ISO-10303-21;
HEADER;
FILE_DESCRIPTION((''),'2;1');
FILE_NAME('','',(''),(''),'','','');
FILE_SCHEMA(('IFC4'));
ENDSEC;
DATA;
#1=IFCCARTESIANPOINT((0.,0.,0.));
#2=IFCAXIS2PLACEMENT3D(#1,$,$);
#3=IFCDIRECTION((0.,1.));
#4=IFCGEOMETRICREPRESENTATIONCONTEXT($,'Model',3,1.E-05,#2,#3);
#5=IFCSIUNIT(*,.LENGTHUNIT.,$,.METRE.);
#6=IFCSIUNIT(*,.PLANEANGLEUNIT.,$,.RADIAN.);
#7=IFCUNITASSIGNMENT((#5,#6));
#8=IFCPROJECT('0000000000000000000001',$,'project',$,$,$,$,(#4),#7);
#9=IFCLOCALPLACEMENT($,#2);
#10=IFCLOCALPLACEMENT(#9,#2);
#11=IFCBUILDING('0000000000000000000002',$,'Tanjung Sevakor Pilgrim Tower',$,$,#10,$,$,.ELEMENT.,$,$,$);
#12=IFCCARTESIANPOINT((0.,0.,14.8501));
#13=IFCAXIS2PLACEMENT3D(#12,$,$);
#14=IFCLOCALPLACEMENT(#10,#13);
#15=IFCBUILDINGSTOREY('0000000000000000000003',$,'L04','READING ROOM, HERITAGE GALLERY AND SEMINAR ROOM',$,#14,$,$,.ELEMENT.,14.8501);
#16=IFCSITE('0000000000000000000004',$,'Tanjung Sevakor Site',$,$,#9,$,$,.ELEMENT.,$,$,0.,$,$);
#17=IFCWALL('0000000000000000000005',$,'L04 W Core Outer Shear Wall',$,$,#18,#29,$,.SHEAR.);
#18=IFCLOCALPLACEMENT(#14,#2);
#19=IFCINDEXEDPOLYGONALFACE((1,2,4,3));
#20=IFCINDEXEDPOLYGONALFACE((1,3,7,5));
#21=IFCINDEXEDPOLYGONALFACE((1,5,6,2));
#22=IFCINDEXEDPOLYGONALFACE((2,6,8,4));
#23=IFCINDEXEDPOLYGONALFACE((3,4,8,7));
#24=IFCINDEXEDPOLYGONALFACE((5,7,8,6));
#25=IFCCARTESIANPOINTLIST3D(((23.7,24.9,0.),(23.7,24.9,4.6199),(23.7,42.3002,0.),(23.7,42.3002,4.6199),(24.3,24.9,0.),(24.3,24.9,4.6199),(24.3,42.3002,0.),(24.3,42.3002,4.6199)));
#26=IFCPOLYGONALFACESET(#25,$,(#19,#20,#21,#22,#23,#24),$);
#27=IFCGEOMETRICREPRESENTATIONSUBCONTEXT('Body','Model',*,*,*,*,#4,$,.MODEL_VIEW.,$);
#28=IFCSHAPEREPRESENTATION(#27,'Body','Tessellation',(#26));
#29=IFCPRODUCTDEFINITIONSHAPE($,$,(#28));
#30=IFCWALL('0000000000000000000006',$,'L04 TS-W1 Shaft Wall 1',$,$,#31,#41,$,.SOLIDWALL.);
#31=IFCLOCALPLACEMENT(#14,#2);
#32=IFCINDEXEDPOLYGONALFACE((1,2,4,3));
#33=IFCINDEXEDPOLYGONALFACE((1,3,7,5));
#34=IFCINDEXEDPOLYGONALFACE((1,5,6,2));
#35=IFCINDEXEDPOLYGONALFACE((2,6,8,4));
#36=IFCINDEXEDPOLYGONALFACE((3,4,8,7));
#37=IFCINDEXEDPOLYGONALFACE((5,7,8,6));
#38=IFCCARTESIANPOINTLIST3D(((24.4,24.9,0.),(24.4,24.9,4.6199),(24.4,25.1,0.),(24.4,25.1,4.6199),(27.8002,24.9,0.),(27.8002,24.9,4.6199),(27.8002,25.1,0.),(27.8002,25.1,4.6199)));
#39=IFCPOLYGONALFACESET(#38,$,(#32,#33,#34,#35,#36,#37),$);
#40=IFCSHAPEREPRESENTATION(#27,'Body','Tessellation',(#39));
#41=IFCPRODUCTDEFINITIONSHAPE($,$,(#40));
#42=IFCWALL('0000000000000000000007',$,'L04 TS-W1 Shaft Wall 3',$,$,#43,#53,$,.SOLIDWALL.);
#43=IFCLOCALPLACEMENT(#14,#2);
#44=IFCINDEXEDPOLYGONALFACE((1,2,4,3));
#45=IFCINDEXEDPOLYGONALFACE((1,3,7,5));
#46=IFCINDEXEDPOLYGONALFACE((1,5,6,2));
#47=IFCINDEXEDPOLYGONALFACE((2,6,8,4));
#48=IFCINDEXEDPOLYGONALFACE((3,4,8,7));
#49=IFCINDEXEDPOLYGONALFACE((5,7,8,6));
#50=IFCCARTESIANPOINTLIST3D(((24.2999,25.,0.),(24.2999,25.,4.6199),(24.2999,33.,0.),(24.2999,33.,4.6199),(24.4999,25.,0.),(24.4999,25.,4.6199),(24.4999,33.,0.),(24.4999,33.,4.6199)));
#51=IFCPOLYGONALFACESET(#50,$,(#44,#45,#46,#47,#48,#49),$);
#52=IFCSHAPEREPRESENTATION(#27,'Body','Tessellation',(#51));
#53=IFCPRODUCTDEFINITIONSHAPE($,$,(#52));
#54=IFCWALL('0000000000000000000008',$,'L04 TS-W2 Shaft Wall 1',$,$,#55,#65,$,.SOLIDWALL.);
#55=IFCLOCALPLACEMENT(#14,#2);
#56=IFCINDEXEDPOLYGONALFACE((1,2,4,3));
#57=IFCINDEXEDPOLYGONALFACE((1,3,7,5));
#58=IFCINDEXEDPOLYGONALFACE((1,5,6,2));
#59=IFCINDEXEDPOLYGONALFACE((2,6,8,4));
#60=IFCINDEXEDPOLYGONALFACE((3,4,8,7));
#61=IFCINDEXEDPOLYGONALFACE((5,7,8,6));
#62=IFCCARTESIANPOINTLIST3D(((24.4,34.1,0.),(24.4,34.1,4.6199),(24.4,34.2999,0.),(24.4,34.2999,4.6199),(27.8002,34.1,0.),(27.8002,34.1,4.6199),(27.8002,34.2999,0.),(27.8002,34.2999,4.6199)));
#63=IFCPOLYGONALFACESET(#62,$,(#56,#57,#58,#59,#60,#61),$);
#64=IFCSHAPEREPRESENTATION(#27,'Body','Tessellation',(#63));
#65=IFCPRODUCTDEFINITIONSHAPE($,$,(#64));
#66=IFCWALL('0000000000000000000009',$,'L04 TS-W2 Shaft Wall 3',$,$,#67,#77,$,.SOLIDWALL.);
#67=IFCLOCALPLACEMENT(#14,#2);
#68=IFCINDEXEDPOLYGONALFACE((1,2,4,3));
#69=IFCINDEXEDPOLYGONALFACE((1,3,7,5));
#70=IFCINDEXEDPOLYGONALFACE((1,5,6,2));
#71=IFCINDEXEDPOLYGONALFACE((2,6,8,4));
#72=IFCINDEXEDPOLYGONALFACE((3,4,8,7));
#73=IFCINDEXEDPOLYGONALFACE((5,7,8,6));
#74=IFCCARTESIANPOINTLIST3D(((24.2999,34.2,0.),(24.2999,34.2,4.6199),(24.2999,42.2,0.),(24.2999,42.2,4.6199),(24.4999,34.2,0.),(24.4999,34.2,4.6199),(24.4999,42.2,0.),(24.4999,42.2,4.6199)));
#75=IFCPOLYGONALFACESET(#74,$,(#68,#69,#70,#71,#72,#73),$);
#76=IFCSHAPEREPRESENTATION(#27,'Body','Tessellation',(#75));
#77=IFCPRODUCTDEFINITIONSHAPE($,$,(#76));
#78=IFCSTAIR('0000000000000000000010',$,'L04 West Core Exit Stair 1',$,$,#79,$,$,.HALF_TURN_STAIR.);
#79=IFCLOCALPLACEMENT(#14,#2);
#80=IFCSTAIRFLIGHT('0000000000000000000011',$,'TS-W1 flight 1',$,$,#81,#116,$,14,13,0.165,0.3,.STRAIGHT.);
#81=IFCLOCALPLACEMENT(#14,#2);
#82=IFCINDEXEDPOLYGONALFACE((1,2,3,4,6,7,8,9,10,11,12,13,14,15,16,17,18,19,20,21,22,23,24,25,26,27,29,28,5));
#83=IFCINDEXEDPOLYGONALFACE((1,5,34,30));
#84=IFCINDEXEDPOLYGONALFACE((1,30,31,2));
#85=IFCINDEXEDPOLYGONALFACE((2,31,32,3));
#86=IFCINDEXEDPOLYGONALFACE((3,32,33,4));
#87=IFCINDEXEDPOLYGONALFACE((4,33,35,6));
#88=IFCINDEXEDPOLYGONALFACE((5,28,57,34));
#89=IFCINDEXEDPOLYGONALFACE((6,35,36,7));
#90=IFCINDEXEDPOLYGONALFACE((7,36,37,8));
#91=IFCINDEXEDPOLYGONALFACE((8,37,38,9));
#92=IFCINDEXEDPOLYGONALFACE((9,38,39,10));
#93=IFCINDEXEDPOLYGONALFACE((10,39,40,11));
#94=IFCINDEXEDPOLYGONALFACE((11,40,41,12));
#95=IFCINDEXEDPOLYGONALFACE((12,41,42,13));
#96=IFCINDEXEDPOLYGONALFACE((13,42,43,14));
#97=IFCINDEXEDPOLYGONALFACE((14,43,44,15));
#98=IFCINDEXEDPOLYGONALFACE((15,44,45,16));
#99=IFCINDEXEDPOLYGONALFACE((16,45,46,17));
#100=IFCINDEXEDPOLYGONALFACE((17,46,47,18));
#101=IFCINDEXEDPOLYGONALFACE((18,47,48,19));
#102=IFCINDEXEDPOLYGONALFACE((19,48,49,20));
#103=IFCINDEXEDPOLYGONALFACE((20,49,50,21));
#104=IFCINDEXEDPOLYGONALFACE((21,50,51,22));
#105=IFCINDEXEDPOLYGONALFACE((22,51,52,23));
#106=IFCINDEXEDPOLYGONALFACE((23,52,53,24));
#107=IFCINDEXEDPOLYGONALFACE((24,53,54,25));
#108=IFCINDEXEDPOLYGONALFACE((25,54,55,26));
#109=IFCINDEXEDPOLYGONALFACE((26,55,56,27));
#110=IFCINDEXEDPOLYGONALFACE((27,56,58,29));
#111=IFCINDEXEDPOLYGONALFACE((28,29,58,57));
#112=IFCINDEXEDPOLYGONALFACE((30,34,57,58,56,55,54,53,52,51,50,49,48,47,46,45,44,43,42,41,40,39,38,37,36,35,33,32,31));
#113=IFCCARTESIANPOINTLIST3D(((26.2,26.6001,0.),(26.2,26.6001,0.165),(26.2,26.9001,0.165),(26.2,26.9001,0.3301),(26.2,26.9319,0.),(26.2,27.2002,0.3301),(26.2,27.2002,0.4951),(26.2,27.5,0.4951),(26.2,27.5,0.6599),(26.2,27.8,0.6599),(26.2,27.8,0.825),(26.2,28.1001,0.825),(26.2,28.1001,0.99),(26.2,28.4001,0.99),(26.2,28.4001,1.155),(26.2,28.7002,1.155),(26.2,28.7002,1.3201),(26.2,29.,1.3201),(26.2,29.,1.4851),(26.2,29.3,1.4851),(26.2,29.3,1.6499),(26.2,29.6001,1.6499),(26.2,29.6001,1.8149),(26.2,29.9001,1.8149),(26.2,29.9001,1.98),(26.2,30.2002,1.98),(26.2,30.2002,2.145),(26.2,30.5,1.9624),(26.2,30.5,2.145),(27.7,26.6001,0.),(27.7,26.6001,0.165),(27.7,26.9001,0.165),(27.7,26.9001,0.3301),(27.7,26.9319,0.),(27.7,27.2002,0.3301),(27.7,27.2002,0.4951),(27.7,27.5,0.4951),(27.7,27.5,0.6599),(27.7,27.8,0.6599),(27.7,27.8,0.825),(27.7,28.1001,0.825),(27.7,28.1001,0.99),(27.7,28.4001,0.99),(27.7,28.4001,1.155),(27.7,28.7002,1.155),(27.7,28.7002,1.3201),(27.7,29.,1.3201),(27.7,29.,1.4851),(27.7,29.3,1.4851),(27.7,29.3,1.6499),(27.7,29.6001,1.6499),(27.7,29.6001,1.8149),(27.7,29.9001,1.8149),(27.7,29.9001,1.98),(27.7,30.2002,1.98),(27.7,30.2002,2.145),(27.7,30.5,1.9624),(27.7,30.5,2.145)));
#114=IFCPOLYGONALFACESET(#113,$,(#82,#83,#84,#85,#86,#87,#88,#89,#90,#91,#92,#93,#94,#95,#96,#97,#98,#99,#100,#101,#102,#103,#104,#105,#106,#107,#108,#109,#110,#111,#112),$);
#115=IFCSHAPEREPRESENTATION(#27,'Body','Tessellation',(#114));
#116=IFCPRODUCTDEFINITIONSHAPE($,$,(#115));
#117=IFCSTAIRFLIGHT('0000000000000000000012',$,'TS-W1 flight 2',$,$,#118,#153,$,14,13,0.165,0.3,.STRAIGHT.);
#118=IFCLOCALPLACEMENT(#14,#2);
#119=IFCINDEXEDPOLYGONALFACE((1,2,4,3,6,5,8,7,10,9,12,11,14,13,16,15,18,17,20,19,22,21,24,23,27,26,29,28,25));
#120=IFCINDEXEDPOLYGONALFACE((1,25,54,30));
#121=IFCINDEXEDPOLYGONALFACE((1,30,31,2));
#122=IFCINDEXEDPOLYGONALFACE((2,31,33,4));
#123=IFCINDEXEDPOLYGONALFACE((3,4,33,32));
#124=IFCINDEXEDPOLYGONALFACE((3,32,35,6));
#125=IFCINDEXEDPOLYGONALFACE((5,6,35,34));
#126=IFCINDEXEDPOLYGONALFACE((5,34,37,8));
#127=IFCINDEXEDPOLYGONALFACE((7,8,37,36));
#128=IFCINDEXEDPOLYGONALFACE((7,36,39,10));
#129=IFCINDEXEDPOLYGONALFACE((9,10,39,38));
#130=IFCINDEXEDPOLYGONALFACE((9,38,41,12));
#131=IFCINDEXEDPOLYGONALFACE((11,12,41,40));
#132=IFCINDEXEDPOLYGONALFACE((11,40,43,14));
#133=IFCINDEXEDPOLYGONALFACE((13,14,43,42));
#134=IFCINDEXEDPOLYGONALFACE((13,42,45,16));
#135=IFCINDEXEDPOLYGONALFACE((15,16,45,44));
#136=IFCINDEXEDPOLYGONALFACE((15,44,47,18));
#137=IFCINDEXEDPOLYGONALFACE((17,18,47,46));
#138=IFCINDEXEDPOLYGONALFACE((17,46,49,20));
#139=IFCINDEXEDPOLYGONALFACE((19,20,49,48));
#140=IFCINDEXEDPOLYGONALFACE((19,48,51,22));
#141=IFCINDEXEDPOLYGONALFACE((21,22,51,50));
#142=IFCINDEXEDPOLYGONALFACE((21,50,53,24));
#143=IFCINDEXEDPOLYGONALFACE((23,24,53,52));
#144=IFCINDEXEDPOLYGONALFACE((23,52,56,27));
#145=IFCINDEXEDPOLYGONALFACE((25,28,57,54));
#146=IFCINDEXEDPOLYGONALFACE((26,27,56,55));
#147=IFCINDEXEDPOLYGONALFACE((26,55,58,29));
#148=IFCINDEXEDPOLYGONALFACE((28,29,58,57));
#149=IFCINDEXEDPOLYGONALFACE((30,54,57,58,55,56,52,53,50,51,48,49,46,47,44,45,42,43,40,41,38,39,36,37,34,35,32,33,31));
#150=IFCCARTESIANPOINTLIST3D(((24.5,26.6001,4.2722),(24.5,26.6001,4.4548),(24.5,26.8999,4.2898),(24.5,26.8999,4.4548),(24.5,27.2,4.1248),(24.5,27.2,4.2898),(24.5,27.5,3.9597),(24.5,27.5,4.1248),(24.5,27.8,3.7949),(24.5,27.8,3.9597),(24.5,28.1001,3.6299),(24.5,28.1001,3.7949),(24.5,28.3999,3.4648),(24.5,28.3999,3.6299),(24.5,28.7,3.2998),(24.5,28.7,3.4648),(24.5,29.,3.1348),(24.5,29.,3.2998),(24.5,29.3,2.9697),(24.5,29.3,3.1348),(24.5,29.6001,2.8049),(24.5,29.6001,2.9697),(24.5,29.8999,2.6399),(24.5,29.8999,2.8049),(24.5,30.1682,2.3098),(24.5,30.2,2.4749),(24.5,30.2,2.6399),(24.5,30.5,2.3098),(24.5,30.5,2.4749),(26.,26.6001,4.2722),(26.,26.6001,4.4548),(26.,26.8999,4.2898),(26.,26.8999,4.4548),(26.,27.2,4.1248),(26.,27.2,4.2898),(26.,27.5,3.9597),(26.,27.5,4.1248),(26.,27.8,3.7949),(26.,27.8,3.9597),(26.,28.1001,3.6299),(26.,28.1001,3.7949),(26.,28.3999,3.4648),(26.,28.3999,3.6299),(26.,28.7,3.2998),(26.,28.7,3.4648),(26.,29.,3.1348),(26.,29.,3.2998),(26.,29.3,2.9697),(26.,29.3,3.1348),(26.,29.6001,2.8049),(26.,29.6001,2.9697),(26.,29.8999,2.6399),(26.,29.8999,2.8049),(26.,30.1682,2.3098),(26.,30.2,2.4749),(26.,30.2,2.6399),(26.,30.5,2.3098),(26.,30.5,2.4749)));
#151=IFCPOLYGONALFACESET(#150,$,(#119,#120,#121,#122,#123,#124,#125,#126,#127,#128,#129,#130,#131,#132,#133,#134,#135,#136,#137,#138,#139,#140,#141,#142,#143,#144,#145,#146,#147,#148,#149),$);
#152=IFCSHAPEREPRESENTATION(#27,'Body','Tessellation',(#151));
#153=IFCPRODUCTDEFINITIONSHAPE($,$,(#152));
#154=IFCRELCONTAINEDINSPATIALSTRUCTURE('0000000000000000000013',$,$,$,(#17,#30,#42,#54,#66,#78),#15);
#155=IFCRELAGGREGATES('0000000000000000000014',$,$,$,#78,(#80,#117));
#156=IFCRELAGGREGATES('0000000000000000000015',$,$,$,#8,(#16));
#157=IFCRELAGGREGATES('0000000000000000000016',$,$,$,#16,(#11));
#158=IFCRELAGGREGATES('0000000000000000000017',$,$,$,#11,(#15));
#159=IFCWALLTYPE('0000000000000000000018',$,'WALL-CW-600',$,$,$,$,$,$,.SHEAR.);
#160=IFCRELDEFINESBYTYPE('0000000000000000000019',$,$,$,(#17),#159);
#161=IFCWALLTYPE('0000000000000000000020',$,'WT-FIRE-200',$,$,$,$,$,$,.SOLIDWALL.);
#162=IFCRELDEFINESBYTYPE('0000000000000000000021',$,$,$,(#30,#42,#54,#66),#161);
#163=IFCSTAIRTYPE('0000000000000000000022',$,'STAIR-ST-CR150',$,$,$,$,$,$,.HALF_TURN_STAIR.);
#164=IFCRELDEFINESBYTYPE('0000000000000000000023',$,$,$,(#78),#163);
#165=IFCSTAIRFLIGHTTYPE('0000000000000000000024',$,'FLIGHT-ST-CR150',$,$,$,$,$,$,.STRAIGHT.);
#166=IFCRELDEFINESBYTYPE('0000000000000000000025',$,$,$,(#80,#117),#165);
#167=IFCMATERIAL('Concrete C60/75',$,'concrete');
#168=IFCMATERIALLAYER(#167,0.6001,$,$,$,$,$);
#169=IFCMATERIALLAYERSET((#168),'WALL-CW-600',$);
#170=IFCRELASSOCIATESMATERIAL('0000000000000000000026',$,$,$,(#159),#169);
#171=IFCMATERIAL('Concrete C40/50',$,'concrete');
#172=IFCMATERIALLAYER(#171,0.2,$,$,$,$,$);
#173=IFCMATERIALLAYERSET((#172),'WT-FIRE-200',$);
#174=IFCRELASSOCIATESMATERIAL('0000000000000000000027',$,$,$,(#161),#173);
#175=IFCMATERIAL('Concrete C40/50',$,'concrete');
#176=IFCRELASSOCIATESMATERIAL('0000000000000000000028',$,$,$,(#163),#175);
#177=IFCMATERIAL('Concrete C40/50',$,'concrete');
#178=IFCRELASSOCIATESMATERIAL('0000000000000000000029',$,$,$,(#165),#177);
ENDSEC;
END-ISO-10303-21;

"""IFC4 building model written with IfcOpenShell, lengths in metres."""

from ifc_helpers import new_model, si_unit, direction, frame, frame_2d, origin, place, context, subcontext, project, spatial, polyline, rectangle, outline, extrude, material, layer, layer_set, type_object, element, aggregate, save


model = new_model("IFC4")

# Units and contexts
model_context = context("Model", 3, precision=1e-05, world=origin(), true_north=direction((0.0, 1.0)))
body_context = subcontext(model_context, "Body", "Model", "MODEL_VIEW")
ifc_project = project(units=[si_unit("LENGTHUNIT", "METRE"), si_unit("PLANEANGLEUNIT", "RADIAN")], contexts=[model_context])

# Site, building, storey
site_placement = place(None, origin())
site = spatial("IfcSite", under=ifc_project, at=site_placement, Name="Tanjung Sevakor Site", CompositionType="ELEMENT", RefElevation=0.0)
building_placement = place(site_placement, origin())
building = spatial("IfcBuilding", under=site, at=building_placement, Name="Tanjung Sevakor Pilgrim Tower", CompositionType="ELEMENT")
storey_placement = place(building_placement, frame((0.0, 0.0, 14.8501)))
storey = spatial("IfcBuildingStorey", under=building, at=storey_placement, Name="L04", Description="READING ROOM, HERITAGE GALLERY AND SEMINAR ROOM", CompositionType="ELEMENT", Elevation=14.8501)

# Walls
ifc_material_1 = material(Name="Concrete C60/75", Category="concrete")
ifc_layer_1 = layer(ifc_material_1, 0.6001)
ifc_layer_set_1 = layer_set([ifc_layer_1], Name="WALL-CW-600")
wall_type_1 = type_object("IfcWallType", Name="WALL-CW-600", PredefinedType="SHEAR", material=ifc_layer_set_1)
wall_1_placement = place(storey_placement, frame((24.0, 24.8999, 0.0), z_axis=(0.0, 0.0, 1.0), x_axis=(0.0, 1.0, 0.0)))
element("IfcWall", 1, at=wall_1_placement, inside=storey, type_object=wall_type_1, Name="L04 W Core Outer Shear Wall", PredefinedType="SHEAR", context=body_context, shape_type="SweptSolid", body=[
    extrude(rectangle(XDim=17.4001, YDim=0.6001, at=frame_2d((8.7002, 0.0))), origin(), (0.0, 0.0, 1.0), 4.6199),
])
ifc_material_2 = material(Name="Concrete C40/50", Category="concrete")
ifc_layer_2 = layer(ifc_material_2, 0.2)
ifc_layer_set_2 = layer_set([ifc_layer_2], Name="WT-FIRE-200")
wall_type_2 = type_object("IfcWallType", Name="WT-FIRE-200", PredefinedType="SOLIDWALL", material=ifc_layer_set_2)
wall_2_placement = place(storey_placement, frame((24.3999, 25.0, 0.0), z_axis=(0.0, 0.0, 1.0), x_axis=(1.0, 0.0, 0.0)))
element("IfcWall", 2, at=wall_2_placement, inside=storey, type_object=wall_type_2, Name="L04 TS-W1 Shaft Wall 1", PredefinedType="SOLIDWALL", context=body_context, shape_type="SweptSolid", body=[
    extrude(rectangle(XDim=3.4001, YDim=0.2, at=frame_2d((1.7002, 0.0))), origin(), (0.0, 0.0, 1.0), 4.6199),
])
wall_3_placement = place(storey_placement, frame((24.3999, 33.0, 0.0), z_axis=(0.0, 0.0, 1.0), x_axis=(0.0, -1.0, 0.0)))
element("IfcWall", 3, at=wall_3_placement, inside=storey, type_object=wall_type_2, Name="L04 TS-W1 Shaft Wall 3", PredefinedType="SOLIDWALL", context=body_context, shape_type="SweptSolid", body=[
    extrude(rectangle(XDim=8.0, YDim=0.2, at=frame_2d((4.0, 0.0))), origin(), (0.0, 0.0, 1.0), 4.6199),
])
wall_4_placement = place(storey_placement, frame((24.3999, 34.2, 0.0), z_axis=(0.0, 0.0, 1.0), x_axis=(1.0, 0.0, 0.0)))
element("IfcWall", 4, at=wall_4_placement, inside=storey, type_object=wall_type_2, Name="L04 TS-W2 Shaft Wall 1", PredefinedType="SOLIDWALL", context=body_context, shape_type="SweptSolid", body=[
    extrude(rectangle(XDim=3.4001, YDim=0.2, at=frame_2d((1.7002, 0.0))), origin(), (0.0, 0.0, 1.0), 4.6199),
])
wall_5_placement = place(storey_placement, frame((24.3999, 42.2, 0.0), z_axis=(0.0, 0.0, 1.0), x_axis=(0.0, -1.0, 0.0)))
element("IfcWall", 5, at=wall_5_placement, inside=storey, type_object=wall_type_2, Name="L04 TS-W2 Shaft Wall 3", PredefinedType="SOLIDWALL", context=body_context, shape_type="SweptSolid", body=[
    extrude(rectangle(XDim=8.0, YDim=0.2, at=frame_2d((4.0, 0.0))), origin(), (0.0, 0.0, 1.0), 4.6199),
])

# Stair, stair flights
ifc_material_3 = material(Name="Concrete C40/50", Category="concrete")
stair_type = type_object("IfcStairType", Name="STAIR-ST-CR150", PredefinedType="HALF_TURN_STAIR", material=ifc_material_3)
stair_1_placement = place(storey_placement, origin())
stair_1 = element("IfcStair", 6, at=stair_1_placement, inside=storey, type_object=stair_type, Name="L04 West Core Exit Stair 1", PredefinedType="HALF_TURN_STAIR")
ifc_material_4 = material(Name="Concrete C40/50", Category="concrete")
stair_flight_type = type_object("IfcStairFlightType", Name="FLIGHT-ST-CR150", PredefinedType="STRAIGHT", material=ifc_material_4)
stair_flight_1_placement = place(storey_placement, frame((26.95, 26.6001, 0.0), z_axis=(0.0, 0.0, 1.0), x_axis=(0.0, 1.0, 0.0)))
stair_flight_1 = element("IfcStairFlight", 7, at=stair_flight_1_placement, type_object=stair_flight_type, Name="TS-W1 flight 1", NumberOfRisers=14, NumberOfTreads=13, PredefinedType="STRAIGHT", RiserHeight=0.165, TreadLength=0.3, context=body_context, shape_type="SweptSolid", body=[
    extrude(outline(polyline([(0.0, 0.0), (0.0, 0.165), (0.3, 0.165), (0.3, 0.3301), (0.6001, 0.3301), (0.6001, 0.4951), (0.8999, 0.4951), (0.8999, 0.6599), (1.2, 0.6599), (1.2, 0.825), (1.5, 0.825), (1.5, 0.99), (1.8, 0.99), (1.8, 1.155), (2.1001, 1.155), (2.1001, 1.3201), (2.3999, 1.3201), (2.3999, 1.4851), (2.7, 1.4851), (2.7, 1.6499), (3.0, 1.6499), (3.0, 1.8149), (3.3, 1.8149), (3.3, 1.98), (3.6001, 1.98), (3.6001, 2.145), (3.8999, 2.145), (3.8999, 2.3101), (3.8999, 1.9624), (0.3318, 0.0), (0.0, 0.0)])), frame((0.0, 0.75, 0.0), z_axis=(0.0, -1.0, 0.0), x_axis=(1.0, 0.0, 0.0)), (0.0, 0.0, 1.0), 1.5),
])
stair_flight_2_placement = place(storey_placement, frame((25.25, 30.5, 2.3098), z_axis=(0.0, 0.0, 1.0), x_axis=(0.0, -1.0, 0.0)))
stair_flight_2 = element("IfcStairFlight", 8, at=stair_flight_2_placement, type_object=stair_flight_type, Name="TS-W1 flight 2", NumberOfRisers=14, NumberOfTreads=13, PredefinedType="STRAIGHT", RiserHeight=0.165, TreadLength=0.3, context=body_context, shape_type="SweptSolid", body=[
    extrude(outline(polyline([(0.0, 0.0), (0.0, 0.165), (0.3, 0.165), (0.3, 0.3301), (0.6001, 0.3301), (0.6001, 0.4951), (0.8999, 0.4951), (0.8999, 0.6599), (1.2, 0.6599), (1.2, 0.825), (1.5, 0.825), (1.5, 0.99), (1.8, 0.99), (1.8, 1.155), (2.1001, 1.155), (2.1001, 1.3201), (2.3999, 1.3201), (2.3999, 1.4851), (2.7, 1.4851), (2.7, 1.6499), (3.0, 1.6499), (3.0, 1.8149), (3.3, 1.8149), (3.3, 1.98), (3.6001, 1.98), (3.6001, 2.145), (3.8999, 2.145), (3.8999, 2.3101), (3.8999, 1.9624), (0.3318, 0.0), (0.0, 0.0)])), frame((0.0, 0.75, 0.0), z_axis=(0.0, -1.0, 0.0), x_axis=(1.0, 0.0, 0.0)), (0.0, 0.0, 1.0), 1.5),
])
aggregate(stair_1, [stair_flight_1, stair_flight_2])

save(model, "model.ifc")
